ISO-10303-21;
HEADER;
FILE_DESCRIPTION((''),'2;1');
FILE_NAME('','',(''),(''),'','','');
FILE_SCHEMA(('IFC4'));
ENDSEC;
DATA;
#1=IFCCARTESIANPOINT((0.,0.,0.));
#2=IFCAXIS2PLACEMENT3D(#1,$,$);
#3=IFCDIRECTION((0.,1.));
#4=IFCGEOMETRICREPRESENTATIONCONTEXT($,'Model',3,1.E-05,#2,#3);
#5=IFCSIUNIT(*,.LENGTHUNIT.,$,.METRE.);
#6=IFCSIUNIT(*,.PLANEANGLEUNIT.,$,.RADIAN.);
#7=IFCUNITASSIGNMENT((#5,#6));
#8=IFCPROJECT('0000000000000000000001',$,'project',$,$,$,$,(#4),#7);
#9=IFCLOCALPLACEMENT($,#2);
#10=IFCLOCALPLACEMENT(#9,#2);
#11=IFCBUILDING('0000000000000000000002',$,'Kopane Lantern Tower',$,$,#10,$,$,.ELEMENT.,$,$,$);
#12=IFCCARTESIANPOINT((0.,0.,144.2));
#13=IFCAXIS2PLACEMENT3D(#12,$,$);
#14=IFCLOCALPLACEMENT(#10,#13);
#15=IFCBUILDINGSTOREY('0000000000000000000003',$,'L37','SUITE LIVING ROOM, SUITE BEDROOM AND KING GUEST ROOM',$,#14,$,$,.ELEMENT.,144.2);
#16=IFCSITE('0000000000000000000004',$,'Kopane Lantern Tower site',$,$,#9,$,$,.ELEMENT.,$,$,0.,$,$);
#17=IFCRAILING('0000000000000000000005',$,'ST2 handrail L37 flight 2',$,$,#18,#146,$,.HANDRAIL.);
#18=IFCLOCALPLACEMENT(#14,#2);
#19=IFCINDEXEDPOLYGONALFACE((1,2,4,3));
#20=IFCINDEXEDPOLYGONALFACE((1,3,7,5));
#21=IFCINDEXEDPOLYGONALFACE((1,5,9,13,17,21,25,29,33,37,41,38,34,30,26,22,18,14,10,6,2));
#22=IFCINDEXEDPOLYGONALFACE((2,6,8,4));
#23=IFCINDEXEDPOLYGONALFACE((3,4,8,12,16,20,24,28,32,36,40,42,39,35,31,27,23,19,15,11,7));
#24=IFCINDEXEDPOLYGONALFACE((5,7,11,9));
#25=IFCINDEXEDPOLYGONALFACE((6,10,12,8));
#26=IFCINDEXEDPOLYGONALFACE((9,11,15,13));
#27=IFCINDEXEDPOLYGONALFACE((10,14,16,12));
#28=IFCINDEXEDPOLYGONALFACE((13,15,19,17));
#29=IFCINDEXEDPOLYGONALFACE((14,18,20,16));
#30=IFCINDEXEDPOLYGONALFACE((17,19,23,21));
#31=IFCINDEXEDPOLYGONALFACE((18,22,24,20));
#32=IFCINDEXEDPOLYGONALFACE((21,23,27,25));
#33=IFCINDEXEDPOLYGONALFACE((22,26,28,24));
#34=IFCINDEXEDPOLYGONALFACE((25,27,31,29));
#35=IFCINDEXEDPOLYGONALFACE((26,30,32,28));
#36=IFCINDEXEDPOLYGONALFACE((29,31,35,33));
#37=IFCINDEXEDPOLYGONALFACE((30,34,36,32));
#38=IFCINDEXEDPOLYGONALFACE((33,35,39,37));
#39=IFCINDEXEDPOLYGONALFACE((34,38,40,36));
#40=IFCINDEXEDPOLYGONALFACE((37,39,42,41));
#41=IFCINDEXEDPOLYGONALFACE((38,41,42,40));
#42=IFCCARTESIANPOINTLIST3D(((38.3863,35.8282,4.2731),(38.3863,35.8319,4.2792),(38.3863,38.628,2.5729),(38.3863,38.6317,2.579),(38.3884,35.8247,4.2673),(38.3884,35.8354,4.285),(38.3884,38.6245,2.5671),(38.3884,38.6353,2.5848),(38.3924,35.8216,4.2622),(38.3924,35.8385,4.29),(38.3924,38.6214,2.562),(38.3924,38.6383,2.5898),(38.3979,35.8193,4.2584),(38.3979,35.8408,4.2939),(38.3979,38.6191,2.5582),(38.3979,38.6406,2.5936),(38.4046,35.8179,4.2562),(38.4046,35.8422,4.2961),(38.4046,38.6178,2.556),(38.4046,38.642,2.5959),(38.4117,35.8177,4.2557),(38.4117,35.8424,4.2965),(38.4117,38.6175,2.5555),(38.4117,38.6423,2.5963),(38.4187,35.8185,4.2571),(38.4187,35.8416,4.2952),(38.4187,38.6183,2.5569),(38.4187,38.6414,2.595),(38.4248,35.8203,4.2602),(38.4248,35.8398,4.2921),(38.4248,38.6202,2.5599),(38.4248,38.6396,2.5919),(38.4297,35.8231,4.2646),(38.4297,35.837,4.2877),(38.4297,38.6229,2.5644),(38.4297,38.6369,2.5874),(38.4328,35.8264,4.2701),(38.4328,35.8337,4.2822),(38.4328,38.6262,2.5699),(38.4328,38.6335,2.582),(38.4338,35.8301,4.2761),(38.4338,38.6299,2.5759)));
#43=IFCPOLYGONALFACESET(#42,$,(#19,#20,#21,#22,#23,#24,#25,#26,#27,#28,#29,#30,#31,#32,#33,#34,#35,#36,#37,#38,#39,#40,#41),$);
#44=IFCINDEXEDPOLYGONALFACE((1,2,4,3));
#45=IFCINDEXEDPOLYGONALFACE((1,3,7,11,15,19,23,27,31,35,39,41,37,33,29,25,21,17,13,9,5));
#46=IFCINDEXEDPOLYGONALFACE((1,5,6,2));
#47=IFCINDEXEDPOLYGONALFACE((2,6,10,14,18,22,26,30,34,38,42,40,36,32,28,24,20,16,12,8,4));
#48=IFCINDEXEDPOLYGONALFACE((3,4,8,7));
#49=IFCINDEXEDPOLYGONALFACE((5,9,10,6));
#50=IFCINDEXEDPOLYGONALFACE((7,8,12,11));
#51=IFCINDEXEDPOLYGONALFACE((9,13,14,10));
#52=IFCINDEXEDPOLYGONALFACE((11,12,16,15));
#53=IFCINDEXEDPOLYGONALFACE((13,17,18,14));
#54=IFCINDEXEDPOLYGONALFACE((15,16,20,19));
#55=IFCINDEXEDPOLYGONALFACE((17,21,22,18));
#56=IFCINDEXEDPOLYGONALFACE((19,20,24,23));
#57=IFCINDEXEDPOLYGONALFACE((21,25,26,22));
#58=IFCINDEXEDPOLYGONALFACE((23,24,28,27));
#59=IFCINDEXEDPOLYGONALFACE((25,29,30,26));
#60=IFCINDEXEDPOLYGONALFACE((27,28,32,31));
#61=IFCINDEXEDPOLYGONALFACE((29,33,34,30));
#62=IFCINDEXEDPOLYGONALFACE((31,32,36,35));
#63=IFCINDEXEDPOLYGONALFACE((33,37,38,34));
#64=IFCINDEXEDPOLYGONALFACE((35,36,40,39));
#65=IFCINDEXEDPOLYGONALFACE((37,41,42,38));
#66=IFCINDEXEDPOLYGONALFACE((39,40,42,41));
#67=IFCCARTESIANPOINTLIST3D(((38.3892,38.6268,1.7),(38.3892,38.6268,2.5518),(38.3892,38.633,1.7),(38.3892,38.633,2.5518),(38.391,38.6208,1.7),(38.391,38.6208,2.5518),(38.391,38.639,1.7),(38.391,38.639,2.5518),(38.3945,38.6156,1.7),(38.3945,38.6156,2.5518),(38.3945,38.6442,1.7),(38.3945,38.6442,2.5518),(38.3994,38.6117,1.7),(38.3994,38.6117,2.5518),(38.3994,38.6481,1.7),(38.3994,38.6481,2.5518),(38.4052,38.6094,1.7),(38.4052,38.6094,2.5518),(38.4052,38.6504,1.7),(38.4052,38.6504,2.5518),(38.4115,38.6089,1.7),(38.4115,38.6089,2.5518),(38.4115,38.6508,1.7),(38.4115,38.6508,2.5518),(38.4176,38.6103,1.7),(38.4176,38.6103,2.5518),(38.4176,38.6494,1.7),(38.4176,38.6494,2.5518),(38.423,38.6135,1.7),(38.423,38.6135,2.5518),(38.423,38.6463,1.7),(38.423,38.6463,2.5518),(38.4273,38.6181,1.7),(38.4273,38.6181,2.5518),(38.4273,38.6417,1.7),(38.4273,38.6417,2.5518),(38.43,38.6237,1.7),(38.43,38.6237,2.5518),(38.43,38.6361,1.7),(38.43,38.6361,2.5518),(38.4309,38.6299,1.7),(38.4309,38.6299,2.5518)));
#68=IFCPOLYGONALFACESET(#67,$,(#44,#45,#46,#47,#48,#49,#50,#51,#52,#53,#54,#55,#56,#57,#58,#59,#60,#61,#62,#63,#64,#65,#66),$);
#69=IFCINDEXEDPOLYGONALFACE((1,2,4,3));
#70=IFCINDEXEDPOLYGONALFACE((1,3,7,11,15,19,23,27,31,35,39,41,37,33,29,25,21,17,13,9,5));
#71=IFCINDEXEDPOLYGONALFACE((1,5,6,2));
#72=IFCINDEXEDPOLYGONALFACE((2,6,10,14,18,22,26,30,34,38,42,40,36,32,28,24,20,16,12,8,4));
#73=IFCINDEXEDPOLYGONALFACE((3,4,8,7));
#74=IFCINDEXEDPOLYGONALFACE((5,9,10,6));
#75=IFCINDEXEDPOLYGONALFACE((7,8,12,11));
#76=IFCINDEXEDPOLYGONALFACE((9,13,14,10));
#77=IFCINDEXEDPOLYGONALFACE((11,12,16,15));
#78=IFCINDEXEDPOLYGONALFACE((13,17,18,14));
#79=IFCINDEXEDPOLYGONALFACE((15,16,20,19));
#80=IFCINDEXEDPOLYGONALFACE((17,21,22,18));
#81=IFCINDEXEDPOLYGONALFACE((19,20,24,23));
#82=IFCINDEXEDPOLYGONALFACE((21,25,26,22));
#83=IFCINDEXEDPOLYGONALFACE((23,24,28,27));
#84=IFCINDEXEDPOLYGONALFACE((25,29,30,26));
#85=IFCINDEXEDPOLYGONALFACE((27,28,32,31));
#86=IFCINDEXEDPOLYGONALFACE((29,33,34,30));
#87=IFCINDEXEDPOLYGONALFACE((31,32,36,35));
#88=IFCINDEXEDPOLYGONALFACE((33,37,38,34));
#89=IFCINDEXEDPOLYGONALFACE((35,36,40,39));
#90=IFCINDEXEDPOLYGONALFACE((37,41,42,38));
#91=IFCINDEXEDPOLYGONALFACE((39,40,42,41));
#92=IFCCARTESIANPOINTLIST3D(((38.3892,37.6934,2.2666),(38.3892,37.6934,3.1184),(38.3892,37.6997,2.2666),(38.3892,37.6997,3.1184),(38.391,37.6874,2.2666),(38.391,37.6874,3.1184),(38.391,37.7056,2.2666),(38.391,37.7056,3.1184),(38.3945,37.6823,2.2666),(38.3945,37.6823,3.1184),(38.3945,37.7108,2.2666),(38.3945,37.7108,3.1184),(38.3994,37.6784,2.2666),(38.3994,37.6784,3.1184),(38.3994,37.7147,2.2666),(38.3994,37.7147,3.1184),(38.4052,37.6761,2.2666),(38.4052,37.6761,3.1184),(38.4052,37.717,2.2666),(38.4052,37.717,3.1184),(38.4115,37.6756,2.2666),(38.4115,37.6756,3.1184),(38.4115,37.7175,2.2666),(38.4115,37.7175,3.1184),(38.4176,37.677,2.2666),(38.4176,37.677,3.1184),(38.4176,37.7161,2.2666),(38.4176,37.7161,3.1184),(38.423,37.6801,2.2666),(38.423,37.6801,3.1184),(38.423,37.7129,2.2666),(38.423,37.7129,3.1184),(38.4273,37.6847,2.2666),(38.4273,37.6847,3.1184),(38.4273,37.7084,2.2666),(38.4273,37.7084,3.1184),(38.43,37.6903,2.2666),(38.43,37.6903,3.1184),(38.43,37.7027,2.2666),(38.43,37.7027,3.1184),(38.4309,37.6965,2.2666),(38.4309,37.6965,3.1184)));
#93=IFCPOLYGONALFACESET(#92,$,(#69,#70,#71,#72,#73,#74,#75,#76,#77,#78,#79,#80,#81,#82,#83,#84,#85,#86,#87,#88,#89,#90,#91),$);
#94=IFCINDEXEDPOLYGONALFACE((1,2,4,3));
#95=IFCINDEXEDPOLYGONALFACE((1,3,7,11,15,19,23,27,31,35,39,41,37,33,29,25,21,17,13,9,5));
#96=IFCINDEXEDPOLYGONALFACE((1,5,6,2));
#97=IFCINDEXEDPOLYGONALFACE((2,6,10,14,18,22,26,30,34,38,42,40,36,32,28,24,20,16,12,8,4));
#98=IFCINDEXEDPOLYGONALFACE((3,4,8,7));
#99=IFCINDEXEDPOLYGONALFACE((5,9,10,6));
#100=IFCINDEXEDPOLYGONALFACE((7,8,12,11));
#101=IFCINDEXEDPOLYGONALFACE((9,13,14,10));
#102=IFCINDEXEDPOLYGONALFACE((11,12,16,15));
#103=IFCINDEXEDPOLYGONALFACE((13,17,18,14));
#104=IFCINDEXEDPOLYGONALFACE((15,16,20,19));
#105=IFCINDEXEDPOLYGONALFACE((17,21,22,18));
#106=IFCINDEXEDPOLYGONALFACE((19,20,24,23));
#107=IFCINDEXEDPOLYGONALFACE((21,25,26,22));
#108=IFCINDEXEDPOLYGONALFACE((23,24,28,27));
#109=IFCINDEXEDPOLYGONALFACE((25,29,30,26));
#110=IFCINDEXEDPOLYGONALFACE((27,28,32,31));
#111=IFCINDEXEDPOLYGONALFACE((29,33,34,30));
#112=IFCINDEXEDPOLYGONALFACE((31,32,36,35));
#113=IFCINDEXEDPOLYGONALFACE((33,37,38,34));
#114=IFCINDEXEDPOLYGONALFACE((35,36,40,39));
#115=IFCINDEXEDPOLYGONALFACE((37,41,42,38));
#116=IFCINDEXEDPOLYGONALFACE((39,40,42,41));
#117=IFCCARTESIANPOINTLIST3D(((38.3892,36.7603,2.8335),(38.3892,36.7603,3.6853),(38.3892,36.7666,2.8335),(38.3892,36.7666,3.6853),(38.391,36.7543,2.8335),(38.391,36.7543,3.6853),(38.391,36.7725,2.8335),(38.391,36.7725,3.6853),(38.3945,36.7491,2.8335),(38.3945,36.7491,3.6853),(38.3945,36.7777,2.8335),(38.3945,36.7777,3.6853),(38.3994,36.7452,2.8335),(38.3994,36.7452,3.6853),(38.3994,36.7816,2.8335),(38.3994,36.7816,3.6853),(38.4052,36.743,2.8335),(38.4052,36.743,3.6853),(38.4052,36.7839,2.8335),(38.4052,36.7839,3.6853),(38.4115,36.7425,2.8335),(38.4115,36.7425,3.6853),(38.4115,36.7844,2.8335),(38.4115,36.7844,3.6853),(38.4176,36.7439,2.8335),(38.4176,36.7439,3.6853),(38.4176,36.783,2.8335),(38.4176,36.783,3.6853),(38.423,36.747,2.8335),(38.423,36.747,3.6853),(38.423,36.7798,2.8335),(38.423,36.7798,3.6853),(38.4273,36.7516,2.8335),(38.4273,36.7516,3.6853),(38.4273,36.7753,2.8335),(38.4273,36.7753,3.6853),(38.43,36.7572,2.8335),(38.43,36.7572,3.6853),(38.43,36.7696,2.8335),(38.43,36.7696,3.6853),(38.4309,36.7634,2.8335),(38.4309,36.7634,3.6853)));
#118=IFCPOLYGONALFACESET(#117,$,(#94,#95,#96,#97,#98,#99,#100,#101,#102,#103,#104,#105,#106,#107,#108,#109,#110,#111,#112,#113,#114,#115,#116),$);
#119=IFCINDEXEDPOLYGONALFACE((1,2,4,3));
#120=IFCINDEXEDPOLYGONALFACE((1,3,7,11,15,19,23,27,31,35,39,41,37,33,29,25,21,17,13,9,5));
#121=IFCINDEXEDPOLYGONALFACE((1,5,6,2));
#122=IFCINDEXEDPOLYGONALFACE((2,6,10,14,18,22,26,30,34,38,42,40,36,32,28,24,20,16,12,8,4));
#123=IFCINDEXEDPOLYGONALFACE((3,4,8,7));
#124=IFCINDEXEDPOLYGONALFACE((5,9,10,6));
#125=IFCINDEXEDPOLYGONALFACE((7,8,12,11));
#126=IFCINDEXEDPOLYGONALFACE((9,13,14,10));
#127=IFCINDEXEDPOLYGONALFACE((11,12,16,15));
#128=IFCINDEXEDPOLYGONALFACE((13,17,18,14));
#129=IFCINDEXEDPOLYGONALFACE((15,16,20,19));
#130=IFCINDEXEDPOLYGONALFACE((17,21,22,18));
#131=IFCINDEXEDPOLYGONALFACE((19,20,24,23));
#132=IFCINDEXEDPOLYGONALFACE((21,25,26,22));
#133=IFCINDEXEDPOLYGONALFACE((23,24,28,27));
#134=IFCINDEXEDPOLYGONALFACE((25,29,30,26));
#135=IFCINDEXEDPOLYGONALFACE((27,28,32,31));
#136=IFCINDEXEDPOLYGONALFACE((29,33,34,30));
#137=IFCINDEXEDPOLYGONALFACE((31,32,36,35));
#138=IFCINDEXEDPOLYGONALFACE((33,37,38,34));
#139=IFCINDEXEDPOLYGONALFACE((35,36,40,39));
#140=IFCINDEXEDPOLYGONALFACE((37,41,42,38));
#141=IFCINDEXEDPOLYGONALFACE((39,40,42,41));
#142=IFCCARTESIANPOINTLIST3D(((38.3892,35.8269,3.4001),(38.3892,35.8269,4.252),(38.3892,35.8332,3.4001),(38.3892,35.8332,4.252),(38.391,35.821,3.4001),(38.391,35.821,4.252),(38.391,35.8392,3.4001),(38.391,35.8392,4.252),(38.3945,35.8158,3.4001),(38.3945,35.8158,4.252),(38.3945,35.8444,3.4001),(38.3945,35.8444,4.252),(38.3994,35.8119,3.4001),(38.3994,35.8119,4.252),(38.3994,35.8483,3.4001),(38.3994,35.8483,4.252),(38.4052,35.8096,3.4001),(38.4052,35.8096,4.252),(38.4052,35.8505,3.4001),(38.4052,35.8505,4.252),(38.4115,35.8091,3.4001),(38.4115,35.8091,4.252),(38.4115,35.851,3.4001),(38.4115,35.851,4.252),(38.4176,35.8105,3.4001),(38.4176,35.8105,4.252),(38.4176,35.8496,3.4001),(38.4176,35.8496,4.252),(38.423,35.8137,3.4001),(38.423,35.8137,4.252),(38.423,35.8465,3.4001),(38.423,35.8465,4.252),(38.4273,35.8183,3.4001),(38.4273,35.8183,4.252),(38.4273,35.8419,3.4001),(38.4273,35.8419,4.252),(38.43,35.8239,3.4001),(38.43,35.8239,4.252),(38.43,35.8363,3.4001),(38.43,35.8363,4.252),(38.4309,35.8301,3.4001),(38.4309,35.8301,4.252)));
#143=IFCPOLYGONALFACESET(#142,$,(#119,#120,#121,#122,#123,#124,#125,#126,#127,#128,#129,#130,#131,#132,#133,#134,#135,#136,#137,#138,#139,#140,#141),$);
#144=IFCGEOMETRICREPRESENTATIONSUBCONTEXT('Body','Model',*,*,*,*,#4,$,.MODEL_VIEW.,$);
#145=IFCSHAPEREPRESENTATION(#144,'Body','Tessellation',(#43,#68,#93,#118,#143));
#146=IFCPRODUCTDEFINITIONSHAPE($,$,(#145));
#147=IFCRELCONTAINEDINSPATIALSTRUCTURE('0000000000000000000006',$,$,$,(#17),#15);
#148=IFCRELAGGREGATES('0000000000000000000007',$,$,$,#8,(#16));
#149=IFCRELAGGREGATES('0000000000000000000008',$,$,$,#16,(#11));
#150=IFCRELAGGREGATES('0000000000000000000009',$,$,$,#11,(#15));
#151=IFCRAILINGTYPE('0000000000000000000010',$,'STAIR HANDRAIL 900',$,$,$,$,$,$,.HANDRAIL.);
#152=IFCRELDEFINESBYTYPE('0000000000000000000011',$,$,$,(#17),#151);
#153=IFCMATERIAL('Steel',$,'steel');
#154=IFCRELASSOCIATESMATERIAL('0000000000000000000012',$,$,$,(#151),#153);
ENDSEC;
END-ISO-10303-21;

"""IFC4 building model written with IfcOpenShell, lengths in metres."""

from ifc_helpers import new_model, si_unit, direction, frame, origin, origin_2d, place, context, subcontext, project, spatial, circle, extrude, material, type_object, element, save


model = new_model("IFC4")

# Units and contexts
model_context = context("Model", 3, precision=1e-05, world=origin(), true_north=direction((0.0, 1.0)))
body_context = subcontext(model_context, "Body", "Model", "MODEL_VIEW")
ifc_project = project(units=[si_unit("LENGTHUNIT", "METRE"), si_unit("PLANEANGLEUNIT", "RADIAN")], contexts=[model_context])

# Site, building, storey
site_placement = place(None, origin())
site = spatial("IfcSite", under=ifc_project, at=site_placement, Name="Kopane Lantern Tower site", CompositionType="ELEMENT", RefElevation=0.0)
building_placement = place(site_placement, origin())
building = spatial("IfcBuilding", under=site, at=building_placement, Name="Kopane Lantern Tower", CompositionType="ELEMENT")
storey_placement = place(building_placement, frame((0.0, 0.0, 144.2)))
storey = spatial("IfcBuildingStorey", under=building, at=storey_placement, Name="L37", Description="SUITE LIVING ROOM, SUITE BEDROOM AND KING GUEST ROOM", CompositionType="ELEMENT", Elevation=144.2)

# Railing
ifc_material_1 = material(Name="Steel", Category="steel")
railing_type_1 = type_object("IfcRailingType", Name="STAIR HANDRAIL 900", PredefinedType="HANDRAIL", material=ifc_material_1)
for number, where, name in (
    (1, (38.4099, 38.6299, 1.7), "ST2 handrail L37 flight 2"),
):
    element("IfcRailing", number, at=place(storey_placement, frame(where)), inside=storey, type_object=railing_type_1, Name=name, PredefinedType="HANDRAIL", context=body_context, shape_type="SweptSolid", body=[
        extrude(circle(Radius=0.0239, at=origin_2d()), frame((0.0, 0.0, 0.876), z_axis=(0.0, -0.854745, 0.519048), x_axis=(1.0, 0.0, 0.0)), (0.0, 0.0, 1.0), 3.2756),
        extrude(circle(Radius=0.021, at=origin_2d()), origin(), (0.0, 0.0, 1.0), 0.8518),
        extrude(circle(Radius=0.021, at=origin_2d()), frame((0.0, -0.9333, 0.5667)), (0.0, 0.0, 1.0), 0.8518),
        extrude(circle(Radius=0.021, at=origin_2d()), frame((0.0, -1.8665, 1.1335)), (0.0, 0.0, 1.0), 0.8518),
        extrude(circle(Radius=0.021, at=origin_2d()), frame((0.0, -2.7998, 1.7002)), (0.0, 0.0, 1.0), 0.8518),
    ])

save(model, "model.ifc")
